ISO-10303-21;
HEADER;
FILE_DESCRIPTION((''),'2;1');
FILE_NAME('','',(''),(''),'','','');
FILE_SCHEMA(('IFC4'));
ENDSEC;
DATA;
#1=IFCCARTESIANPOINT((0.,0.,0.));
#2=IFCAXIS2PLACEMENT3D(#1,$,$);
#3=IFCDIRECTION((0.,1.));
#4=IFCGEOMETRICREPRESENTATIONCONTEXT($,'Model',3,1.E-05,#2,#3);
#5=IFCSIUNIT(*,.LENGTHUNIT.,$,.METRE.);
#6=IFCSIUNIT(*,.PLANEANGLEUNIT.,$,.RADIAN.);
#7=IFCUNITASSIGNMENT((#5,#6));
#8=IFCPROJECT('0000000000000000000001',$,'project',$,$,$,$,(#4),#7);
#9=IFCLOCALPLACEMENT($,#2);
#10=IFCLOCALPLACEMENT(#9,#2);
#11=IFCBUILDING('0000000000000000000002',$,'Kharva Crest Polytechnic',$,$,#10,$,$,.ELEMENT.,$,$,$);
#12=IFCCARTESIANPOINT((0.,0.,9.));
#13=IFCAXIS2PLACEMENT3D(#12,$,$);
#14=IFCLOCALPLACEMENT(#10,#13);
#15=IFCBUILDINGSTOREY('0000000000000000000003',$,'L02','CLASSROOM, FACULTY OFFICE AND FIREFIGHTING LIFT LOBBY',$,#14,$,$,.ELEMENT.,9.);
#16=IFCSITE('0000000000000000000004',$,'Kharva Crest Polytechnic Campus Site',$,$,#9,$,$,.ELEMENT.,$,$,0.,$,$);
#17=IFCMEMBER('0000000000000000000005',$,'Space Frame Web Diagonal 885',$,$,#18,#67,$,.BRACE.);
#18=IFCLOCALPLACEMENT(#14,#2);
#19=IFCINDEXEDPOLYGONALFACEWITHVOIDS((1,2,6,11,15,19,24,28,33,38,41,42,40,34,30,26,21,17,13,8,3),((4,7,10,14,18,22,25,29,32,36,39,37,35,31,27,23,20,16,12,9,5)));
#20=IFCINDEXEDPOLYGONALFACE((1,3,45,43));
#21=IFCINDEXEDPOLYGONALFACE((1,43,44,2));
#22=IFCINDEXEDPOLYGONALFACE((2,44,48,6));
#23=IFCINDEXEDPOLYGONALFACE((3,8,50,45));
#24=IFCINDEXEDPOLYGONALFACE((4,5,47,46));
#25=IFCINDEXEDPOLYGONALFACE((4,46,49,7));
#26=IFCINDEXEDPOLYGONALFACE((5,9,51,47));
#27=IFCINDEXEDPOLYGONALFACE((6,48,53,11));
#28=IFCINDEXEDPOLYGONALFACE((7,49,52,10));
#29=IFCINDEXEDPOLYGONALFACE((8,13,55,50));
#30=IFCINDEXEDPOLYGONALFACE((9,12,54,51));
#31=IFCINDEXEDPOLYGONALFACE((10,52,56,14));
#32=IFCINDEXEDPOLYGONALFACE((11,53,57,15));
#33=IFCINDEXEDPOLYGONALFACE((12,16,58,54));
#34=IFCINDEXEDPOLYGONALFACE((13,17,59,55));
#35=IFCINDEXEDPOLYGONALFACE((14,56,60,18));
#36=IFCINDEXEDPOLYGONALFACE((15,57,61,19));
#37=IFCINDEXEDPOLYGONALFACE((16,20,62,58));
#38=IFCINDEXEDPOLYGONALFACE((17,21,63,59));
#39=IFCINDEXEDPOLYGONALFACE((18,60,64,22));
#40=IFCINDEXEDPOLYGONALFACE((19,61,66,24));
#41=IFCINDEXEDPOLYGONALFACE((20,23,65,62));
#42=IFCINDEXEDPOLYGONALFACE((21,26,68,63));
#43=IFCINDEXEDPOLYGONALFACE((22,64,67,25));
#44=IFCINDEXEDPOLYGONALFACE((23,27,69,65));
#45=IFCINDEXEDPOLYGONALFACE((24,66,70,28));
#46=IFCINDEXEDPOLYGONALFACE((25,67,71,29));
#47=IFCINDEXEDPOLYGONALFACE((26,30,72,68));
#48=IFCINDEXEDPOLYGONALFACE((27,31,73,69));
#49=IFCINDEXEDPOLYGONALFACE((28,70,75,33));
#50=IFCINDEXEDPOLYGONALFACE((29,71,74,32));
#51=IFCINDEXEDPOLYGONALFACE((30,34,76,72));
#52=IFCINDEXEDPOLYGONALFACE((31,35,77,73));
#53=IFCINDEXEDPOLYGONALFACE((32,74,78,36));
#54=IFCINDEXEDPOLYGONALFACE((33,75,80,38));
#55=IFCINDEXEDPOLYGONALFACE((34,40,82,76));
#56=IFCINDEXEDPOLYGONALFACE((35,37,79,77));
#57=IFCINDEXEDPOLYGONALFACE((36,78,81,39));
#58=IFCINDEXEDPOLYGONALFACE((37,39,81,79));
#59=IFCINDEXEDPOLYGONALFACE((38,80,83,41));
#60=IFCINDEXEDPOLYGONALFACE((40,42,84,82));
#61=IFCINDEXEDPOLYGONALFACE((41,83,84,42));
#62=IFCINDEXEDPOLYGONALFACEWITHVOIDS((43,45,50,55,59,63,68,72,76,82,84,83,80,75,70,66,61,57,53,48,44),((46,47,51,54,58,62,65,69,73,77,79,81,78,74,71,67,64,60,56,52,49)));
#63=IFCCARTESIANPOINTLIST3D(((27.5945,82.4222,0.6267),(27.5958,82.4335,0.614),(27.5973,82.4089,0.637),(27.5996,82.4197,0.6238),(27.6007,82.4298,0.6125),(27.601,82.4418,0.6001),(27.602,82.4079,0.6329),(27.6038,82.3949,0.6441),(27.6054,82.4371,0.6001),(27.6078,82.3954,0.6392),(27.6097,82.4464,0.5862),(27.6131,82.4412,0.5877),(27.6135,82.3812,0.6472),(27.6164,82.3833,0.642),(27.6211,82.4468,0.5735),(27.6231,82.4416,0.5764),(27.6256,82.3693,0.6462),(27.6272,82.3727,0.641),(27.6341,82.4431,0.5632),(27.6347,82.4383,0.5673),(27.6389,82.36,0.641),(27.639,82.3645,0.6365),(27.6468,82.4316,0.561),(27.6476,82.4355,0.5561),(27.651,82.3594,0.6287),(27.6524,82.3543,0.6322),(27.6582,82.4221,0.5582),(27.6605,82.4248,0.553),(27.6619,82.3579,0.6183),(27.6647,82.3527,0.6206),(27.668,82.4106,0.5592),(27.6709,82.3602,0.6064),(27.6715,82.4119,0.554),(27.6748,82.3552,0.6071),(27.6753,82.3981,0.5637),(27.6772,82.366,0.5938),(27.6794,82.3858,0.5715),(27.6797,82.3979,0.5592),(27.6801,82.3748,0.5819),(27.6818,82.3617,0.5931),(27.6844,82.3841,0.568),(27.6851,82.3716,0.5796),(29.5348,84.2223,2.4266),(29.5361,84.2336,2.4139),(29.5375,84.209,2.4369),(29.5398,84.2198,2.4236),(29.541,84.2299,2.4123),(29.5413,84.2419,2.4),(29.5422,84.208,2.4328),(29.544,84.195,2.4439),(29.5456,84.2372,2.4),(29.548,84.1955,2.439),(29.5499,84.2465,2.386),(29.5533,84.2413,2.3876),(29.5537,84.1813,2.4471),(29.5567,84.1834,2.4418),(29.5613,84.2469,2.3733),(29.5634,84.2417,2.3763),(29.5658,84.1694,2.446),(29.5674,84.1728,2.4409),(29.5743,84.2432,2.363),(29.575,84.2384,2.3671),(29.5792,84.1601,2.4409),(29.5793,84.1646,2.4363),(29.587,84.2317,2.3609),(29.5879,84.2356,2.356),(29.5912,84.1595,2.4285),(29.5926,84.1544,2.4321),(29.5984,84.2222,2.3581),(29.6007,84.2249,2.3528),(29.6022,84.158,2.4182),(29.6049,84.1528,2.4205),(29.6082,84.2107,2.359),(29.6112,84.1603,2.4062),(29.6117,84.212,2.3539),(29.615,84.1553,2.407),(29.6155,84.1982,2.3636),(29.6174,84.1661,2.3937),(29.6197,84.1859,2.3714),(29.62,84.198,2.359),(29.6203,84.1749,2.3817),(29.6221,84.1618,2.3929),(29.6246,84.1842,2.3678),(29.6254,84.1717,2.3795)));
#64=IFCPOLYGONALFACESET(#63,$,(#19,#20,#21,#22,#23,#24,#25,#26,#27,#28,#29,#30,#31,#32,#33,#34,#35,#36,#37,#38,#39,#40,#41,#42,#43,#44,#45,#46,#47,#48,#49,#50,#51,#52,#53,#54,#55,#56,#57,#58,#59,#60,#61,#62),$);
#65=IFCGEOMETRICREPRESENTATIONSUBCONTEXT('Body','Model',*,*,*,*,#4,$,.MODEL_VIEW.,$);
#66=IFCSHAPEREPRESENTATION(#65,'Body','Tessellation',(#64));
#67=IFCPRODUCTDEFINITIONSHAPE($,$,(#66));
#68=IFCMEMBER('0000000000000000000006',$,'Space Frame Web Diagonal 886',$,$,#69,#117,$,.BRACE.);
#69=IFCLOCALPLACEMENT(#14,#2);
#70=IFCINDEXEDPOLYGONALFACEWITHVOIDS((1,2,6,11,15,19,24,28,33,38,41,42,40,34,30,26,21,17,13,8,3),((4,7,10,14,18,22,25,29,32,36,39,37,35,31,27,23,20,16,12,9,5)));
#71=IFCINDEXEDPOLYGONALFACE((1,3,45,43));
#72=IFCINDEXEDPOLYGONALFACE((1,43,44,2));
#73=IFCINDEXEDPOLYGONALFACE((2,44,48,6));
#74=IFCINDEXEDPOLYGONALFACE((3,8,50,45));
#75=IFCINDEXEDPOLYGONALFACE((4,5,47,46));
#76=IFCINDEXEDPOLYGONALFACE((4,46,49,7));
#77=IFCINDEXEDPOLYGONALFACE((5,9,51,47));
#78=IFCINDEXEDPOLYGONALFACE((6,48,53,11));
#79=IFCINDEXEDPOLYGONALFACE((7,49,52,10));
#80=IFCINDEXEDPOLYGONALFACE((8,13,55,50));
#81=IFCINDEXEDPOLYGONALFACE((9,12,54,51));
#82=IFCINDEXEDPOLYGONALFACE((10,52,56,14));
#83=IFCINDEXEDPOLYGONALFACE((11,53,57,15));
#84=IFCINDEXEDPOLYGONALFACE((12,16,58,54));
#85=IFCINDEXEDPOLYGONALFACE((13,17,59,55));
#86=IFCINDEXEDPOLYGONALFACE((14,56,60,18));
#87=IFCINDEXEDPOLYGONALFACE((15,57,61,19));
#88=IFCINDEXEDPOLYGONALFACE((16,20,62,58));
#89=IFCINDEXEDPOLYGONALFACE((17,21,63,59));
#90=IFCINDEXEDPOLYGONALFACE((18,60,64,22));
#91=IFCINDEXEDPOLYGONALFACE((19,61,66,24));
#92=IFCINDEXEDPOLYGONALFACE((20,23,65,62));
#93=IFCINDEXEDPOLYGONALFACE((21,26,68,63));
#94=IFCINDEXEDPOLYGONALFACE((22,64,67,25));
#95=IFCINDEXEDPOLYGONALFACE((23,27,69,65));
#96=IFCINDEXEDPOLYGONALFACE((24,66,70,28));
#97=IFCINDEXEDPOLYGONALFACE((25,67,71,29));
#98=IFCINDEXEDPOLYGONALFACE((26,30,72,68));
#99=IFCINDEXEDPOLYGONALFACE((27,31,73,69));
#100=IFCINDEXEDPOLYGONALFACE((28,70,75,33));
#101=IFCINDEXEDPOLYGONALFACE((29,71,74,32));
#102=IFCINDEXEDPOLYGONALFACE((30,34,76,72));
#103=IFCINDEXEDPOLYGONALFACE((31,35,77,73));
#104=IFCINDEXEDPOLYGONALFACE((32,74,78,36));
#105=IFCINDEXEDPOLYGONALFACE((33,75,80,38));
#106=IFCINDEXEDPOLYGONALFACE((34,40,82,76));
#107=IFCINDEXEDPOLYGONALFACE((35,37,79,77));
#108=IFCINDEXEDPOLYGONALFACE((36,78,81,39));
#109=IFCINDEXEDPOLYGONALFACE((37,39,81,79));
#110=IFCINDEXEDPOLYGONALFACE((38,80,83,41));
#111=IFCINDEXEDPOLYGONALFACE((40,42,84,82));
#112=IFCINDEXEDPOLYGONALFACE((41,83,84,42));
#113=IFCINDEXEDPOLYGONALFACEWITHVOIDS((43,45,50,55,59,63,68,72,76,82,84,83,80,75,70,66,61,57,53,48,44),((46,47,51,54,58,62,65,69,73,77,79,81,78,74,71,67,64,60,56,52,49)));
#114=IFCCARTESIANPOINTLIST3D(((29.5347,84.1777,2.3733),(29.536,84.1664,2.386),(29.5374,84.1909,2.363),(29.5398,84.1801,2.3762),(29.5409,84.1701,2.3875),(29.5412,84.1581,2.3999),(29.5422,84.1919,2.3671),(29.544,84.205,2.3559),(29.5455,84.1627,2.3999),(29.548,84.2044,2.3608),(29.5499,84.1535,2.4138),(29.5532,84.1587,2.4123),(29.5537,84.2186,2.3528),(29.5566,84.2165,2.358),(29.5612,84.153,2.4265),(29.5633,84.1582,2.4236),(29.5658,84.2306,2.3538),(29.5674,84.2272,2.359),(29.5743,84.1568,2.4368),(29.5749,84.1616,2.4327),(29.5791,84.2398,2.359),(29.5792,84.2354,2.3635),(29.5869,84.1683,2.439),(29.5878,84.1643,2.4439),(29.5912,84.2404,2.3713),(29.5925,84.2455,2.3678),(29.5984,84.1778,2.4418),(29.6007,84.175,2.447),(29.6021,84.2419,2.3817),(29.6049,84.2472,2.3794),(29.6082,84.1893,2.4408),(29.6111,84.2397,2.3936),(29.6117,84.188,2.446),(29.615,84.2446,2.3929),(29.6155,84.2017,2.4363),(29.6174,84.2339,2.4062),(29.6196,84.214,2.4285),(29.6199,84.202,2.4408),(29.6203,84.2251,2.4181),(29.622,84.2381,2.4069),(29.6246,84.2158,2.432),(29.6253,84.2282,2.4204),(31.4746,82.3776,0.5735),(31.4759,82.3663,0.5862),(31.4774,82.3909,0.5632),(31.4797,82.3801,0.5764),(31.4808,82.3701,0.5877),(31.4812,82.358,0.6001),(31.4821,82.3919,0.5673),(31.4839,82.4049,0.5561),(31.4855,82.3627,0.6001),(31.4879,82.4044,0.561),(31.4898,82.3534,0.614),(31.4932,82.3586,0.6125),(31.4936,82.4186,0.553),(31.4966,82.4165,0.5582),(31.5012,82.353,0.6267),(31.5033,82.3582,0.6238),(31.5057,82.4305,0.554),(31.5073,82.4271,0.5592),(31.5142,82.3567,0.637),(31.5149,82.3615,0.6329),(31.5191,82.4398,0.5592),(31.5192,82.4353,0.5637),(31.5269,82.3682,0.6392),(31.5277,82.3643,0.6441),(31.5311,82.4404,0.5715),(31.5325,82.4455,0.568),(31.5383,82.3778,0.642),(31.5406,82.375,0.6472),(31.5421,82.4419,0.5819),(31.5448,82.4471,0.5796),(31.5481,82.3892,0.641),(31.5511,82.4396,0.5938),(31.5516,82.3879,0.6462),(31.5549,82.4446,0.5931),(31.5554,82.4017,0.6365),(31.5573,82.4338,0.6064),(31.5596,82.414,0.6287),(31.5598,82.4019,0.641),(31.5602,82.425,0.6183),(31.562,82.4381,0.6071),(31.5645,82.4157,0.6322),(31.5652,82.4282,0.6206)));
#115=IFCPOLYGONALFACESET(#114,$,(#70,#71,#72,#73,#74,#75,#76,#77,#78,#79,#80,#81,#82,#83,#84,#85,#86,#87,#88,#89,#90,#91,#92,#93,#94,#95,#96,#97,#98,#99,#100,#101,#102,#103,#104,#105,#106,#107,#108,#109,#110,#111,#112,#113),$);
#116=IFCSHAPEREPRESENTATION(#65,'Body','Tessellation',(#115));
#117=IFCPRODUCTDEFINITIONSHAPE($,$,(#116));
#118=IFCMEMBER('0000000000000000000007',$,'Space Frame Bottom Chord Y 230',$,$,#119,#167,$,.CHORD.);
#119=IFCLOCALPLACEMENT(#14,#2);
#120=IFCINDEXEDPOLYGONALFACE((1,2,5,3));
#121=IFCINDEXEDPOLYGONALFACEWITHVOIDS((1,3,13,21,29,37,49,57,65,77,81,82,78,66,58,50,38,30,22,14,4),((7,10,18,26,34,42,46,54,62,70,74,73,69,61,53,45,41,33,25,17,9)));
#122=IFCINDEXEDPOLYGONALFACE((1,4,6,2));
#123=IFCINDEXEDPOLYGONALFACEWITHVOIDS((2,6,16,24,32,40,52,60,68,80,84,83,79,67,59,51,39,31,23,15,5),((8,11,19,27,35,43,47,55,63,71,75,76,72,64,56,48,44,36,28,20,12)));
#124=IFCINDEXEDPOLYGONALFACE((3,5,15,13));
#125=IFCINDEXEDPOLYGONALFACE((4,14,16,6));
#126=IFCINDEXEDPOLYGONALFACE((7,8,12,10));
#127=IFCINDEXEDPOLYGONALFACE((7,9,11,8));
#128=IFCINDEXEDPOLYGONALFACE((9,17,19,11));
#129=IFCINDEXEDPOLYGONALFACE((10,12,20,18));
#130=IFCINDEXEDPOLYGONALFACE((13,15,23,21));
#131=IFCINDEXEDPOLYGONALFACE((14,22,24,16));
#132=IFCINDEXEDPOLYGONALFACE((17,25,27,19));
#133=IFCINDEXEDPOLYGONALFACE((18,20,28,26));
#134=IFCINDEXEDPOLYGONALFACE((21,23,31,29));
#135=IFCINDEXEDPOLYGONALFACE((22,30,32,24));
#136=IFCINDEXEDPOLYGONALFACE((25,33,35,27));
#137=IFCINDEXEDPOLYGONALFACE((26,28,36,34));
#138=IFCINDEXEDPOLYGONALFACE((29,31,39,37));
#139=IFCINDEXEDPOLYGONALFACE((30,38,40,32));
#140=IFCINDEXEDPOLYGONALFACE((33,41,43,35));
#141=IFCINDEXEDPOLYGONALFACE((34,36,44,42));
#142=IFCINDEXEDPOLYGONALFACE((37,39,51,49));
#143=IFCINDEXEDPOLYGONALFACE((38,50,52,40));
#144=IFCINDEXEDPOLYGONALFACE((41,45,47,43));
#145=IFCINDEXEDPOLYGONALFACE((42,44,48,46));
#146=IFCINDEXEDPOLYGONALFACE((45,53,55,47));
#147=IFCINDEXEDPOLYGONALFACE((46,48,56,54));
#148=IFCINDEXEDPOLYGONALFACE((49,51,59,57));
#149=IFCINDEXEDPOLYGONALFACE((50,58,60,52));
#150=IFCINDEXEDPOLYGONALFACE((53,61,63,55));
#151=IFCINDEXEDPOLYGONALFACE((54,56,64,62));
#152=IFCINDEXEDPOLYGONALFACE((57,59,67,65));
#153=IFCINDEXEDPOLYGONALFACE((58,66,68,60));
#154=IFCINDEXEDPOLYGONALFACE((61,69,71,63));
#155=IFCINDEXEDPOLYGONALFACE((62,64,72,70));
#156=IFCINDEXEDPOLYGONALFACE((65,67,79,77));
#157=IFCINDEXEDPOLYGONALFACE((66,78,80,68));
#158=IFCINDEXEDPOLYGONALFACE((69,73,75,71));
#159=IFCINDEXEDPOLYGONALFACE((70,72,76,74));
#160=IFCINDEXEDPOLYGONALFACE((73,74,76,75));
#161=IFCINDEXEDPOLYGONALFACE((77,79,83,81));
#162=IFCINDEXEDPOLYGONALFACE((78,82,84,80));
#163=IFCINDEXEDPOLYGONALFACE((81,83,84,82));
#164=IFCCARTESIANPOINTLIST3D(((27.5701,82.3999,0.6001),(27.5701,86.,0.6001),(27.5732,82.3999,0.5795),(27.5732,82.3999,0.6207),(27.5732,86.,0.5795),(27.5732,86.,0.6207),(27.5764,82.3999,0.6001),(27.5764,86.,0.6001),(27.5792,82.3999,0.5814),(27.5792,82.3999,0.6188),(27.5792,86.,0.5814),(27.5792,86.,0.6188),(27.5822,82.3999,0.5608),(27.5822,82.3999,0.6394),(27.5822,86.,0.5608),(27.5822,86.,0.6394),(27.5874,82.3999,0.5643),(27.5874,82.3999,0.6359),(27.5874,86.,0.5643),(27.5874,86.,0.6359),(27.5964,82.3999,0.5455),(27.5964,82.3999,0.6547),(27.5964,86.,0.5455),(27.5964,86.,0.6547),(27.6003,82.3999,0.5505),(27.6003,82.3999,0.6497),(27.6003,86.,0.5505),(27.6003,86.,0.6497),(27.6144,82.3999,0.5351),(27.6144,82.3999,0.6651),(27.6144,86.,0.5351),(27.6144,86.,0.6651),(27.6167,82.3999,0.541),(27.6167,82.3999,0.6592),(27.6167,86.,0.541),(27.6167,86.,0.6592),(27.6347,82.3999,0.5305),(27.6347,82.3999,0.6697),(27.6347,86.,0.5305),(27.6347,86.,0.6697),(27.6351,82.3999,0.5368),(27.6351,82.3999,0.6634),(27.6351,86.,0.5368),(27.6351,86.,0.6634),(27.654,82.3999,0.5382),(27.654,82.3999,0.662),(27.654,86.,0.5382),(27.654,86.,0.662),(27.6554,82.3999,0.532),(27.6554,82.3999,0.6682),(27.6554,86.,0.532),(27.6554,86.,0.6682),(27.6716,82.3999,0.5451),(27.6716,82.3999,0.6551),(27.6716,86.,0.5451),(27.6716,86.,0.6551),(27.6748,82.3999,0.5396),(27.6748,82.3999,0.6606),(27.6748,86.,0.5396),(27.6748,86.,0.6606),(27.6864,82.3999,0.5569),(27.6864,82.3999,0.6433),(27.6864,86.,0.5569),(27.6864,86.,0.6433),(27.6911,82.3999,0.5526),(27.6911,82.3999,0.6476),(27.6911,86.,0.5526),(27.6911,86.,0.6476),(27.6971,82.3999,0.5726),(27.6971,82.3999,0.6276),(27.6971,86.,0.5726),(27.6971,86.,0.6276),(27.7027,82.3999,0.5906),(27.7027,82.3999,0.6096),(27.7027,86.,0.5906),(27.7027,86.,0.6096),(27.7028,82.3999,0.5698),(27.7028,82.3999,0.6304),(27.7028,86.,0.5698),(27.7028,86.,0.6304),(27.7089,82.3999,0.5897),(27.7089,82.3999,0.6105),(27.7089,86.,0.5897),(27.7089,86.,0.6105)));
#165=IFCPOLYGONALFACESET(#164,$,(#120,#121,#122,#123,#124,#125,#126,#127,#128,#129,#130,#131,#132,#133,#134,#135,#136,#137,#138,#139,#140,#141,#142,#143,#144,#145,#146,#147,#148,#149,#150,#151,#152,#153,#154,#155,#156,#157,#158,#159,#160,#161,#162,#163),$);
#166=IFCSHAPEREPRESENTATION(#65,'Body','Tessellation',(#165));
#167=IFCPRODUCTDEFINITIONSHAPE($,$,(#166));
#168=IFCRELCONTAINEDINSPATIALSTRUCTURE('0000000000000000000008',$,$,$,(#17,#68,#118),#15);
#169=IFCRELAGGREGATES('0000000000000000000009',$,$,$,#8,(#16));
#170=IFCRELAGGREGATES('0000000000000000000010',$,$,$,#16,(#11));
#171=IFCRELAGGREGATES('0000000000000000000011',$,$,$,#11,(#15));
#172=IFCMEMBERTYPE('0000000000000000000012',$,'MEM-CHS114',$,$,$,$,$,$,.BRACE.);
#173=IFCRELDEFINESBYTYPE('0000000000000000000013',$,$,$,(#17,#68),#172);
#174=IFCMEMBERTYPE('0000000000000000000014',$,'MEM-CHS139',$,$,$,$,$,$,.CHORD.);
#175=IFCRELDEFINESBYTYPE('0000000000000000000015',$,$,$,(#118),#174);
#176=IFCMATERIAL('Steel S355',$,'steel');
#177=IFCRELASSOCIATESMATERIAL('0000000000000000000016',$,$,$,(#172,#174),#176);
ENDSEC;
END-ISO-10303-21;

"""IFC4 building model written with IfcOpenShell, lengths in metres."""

from ifc_helpers import new_model, si_unit, direction, frame, origin, origin_2d, place, context, subcontext, project, spatial, hollow_circle, extrude, material, material_profile, profile_set, type_object, element, save


model = new_model("IFC4")

# Units and contexts
model_context = context("Model", 3, precision=1e-05, world=origin(), true_north=direction((0.0, 1.0)))
body_context = subcontext(model_context, "Body", "Model", "MODEL_VIEW")
ifc_project = project(units=[si_unit("LENGTHUNIT", "METRE"), si_unit("PLANEANGLEUNIT", "RADIAN")], contexts=[model_context])

# Site, building, storey
site_placement = place(None, origin())
site = spatial("IfcSite", under=ifc_project, at=site_placement, Name="Kharva Crest Polytechnic Campus Site", CompositionType="ELEMENT", RefElevation=0.0)
building_placement = place(site_placement, origin())
building = spatial("IfcBuilding", under=site, at=building_placement, Name="Kharva Crest Polytechnic", CompositionType="ELEMENT")
storey_placement = place(building_placement, frame((0.0, 0.0, 9.0)))
storey = spatial("IfcBuildingStorey", under=building, at=storey_placement, Name="L02", Description="CLASSROOM, FACULTY OFFICE AND FIREFIGHTING LIFT LOBBY", CompositionType="ELEMENT", Elevation=9.0)

# Shared definitions
ifc_material_1 = material(Name="Steel S355", Category="steel")

# Members
ifc_material_profile_1 = material_profile(ifc_material_1, hollow_circle(Radius=0.0571, WallThickness=0.0063, at=origin_2d()), Name="CHS 114.3X6.3")
ifc_profile_set_1 = profile_set([ifc_material_profile_1], Name="Steel S355")
member_type_1 = type_object("IfcMemberType", Name="MEM-CHS114", PredefinedType="BRACE", material=ifc_profile_set_1)
member_1_placement = place(storey_placement, frame((27.6399, 82.3999, 0.6001), z_axis=(0.606196, 0.562411, 0.562335), x_axis=(-0.680136, 0.733086, 0.0)))
element("IfcMember", 1, at=member_1_placement, inside=storey, type_object=member_type_1, Name="Space Frame Web Diagonal 885", PredefinedType="BRACE", context=body_context, shape_type="SweptSolid", body=[
    extrude(hollow_circle(Radius=0.0571, WallThickness=0.0063, at=origin_2d()), origin(), (0.0, 0.0, 1.0), 3.2007),
])
member_2_placement = place(storey_placement, frame((31.52, 82.3999, 0.6001), z_axis=(-0.606147, 0.562437, 0.562361), x_axis=(-0.680182, -0.733043, 0.0)))
element("IfcMember", 2, at=member_2_placement, inside=storey, type_object=member_type_1, Name="Space Frame Web Diagonal 886", PredefinedType="BRACE", context=body_context, shape_type="SweptSolid", body=[
    extrude(hollow_circle(Radius=0.0571, WallThickness=0.0063, at=origin_2d()), origin(), (0.0, 0.0, 1.0), 3.2004),
])
ifc_material_profile_2 = material_profile(ifc_material_1, hollow_circle(Radius=0.0698, WallThickness=0.0063, at=origin_2d()), Name="CHS 139.7X6.3")
ifc_profile_set_2 = profile_set([ifc_material_profile_2], Name="Steel S355")
member_type_2 = type_object("IfcMemberType", Name="MEM-CHS139", PredefinedType="CHORD", material=ifc_profile_set_2)
for number, where, z_axis, x_axis, name in (
    (3, (27.6399, 82.3999, 0.6001), (0.0, 1.0, 0.0), (-1.0, 0.0, 0.0), "Space Frame Bottom Chord Y 230"),
):
    element("IfcMember", number, at=place(storey_placement, frame(where, z_axis=z_axis, x_axis=x_axis)), inside=storey, type_object=member_type_2, Name=name, PredefinedType="CHORD", context=body_context, shape_type="SweptSolid", body=[
        extrude(hollow_circle(Radius=0.0698, WallThickness=0.0063, at=origin_2d()), origin(), (0.0, 0.0, 1.0), 3.6001),
    ])

save(model, "model.ifc")
